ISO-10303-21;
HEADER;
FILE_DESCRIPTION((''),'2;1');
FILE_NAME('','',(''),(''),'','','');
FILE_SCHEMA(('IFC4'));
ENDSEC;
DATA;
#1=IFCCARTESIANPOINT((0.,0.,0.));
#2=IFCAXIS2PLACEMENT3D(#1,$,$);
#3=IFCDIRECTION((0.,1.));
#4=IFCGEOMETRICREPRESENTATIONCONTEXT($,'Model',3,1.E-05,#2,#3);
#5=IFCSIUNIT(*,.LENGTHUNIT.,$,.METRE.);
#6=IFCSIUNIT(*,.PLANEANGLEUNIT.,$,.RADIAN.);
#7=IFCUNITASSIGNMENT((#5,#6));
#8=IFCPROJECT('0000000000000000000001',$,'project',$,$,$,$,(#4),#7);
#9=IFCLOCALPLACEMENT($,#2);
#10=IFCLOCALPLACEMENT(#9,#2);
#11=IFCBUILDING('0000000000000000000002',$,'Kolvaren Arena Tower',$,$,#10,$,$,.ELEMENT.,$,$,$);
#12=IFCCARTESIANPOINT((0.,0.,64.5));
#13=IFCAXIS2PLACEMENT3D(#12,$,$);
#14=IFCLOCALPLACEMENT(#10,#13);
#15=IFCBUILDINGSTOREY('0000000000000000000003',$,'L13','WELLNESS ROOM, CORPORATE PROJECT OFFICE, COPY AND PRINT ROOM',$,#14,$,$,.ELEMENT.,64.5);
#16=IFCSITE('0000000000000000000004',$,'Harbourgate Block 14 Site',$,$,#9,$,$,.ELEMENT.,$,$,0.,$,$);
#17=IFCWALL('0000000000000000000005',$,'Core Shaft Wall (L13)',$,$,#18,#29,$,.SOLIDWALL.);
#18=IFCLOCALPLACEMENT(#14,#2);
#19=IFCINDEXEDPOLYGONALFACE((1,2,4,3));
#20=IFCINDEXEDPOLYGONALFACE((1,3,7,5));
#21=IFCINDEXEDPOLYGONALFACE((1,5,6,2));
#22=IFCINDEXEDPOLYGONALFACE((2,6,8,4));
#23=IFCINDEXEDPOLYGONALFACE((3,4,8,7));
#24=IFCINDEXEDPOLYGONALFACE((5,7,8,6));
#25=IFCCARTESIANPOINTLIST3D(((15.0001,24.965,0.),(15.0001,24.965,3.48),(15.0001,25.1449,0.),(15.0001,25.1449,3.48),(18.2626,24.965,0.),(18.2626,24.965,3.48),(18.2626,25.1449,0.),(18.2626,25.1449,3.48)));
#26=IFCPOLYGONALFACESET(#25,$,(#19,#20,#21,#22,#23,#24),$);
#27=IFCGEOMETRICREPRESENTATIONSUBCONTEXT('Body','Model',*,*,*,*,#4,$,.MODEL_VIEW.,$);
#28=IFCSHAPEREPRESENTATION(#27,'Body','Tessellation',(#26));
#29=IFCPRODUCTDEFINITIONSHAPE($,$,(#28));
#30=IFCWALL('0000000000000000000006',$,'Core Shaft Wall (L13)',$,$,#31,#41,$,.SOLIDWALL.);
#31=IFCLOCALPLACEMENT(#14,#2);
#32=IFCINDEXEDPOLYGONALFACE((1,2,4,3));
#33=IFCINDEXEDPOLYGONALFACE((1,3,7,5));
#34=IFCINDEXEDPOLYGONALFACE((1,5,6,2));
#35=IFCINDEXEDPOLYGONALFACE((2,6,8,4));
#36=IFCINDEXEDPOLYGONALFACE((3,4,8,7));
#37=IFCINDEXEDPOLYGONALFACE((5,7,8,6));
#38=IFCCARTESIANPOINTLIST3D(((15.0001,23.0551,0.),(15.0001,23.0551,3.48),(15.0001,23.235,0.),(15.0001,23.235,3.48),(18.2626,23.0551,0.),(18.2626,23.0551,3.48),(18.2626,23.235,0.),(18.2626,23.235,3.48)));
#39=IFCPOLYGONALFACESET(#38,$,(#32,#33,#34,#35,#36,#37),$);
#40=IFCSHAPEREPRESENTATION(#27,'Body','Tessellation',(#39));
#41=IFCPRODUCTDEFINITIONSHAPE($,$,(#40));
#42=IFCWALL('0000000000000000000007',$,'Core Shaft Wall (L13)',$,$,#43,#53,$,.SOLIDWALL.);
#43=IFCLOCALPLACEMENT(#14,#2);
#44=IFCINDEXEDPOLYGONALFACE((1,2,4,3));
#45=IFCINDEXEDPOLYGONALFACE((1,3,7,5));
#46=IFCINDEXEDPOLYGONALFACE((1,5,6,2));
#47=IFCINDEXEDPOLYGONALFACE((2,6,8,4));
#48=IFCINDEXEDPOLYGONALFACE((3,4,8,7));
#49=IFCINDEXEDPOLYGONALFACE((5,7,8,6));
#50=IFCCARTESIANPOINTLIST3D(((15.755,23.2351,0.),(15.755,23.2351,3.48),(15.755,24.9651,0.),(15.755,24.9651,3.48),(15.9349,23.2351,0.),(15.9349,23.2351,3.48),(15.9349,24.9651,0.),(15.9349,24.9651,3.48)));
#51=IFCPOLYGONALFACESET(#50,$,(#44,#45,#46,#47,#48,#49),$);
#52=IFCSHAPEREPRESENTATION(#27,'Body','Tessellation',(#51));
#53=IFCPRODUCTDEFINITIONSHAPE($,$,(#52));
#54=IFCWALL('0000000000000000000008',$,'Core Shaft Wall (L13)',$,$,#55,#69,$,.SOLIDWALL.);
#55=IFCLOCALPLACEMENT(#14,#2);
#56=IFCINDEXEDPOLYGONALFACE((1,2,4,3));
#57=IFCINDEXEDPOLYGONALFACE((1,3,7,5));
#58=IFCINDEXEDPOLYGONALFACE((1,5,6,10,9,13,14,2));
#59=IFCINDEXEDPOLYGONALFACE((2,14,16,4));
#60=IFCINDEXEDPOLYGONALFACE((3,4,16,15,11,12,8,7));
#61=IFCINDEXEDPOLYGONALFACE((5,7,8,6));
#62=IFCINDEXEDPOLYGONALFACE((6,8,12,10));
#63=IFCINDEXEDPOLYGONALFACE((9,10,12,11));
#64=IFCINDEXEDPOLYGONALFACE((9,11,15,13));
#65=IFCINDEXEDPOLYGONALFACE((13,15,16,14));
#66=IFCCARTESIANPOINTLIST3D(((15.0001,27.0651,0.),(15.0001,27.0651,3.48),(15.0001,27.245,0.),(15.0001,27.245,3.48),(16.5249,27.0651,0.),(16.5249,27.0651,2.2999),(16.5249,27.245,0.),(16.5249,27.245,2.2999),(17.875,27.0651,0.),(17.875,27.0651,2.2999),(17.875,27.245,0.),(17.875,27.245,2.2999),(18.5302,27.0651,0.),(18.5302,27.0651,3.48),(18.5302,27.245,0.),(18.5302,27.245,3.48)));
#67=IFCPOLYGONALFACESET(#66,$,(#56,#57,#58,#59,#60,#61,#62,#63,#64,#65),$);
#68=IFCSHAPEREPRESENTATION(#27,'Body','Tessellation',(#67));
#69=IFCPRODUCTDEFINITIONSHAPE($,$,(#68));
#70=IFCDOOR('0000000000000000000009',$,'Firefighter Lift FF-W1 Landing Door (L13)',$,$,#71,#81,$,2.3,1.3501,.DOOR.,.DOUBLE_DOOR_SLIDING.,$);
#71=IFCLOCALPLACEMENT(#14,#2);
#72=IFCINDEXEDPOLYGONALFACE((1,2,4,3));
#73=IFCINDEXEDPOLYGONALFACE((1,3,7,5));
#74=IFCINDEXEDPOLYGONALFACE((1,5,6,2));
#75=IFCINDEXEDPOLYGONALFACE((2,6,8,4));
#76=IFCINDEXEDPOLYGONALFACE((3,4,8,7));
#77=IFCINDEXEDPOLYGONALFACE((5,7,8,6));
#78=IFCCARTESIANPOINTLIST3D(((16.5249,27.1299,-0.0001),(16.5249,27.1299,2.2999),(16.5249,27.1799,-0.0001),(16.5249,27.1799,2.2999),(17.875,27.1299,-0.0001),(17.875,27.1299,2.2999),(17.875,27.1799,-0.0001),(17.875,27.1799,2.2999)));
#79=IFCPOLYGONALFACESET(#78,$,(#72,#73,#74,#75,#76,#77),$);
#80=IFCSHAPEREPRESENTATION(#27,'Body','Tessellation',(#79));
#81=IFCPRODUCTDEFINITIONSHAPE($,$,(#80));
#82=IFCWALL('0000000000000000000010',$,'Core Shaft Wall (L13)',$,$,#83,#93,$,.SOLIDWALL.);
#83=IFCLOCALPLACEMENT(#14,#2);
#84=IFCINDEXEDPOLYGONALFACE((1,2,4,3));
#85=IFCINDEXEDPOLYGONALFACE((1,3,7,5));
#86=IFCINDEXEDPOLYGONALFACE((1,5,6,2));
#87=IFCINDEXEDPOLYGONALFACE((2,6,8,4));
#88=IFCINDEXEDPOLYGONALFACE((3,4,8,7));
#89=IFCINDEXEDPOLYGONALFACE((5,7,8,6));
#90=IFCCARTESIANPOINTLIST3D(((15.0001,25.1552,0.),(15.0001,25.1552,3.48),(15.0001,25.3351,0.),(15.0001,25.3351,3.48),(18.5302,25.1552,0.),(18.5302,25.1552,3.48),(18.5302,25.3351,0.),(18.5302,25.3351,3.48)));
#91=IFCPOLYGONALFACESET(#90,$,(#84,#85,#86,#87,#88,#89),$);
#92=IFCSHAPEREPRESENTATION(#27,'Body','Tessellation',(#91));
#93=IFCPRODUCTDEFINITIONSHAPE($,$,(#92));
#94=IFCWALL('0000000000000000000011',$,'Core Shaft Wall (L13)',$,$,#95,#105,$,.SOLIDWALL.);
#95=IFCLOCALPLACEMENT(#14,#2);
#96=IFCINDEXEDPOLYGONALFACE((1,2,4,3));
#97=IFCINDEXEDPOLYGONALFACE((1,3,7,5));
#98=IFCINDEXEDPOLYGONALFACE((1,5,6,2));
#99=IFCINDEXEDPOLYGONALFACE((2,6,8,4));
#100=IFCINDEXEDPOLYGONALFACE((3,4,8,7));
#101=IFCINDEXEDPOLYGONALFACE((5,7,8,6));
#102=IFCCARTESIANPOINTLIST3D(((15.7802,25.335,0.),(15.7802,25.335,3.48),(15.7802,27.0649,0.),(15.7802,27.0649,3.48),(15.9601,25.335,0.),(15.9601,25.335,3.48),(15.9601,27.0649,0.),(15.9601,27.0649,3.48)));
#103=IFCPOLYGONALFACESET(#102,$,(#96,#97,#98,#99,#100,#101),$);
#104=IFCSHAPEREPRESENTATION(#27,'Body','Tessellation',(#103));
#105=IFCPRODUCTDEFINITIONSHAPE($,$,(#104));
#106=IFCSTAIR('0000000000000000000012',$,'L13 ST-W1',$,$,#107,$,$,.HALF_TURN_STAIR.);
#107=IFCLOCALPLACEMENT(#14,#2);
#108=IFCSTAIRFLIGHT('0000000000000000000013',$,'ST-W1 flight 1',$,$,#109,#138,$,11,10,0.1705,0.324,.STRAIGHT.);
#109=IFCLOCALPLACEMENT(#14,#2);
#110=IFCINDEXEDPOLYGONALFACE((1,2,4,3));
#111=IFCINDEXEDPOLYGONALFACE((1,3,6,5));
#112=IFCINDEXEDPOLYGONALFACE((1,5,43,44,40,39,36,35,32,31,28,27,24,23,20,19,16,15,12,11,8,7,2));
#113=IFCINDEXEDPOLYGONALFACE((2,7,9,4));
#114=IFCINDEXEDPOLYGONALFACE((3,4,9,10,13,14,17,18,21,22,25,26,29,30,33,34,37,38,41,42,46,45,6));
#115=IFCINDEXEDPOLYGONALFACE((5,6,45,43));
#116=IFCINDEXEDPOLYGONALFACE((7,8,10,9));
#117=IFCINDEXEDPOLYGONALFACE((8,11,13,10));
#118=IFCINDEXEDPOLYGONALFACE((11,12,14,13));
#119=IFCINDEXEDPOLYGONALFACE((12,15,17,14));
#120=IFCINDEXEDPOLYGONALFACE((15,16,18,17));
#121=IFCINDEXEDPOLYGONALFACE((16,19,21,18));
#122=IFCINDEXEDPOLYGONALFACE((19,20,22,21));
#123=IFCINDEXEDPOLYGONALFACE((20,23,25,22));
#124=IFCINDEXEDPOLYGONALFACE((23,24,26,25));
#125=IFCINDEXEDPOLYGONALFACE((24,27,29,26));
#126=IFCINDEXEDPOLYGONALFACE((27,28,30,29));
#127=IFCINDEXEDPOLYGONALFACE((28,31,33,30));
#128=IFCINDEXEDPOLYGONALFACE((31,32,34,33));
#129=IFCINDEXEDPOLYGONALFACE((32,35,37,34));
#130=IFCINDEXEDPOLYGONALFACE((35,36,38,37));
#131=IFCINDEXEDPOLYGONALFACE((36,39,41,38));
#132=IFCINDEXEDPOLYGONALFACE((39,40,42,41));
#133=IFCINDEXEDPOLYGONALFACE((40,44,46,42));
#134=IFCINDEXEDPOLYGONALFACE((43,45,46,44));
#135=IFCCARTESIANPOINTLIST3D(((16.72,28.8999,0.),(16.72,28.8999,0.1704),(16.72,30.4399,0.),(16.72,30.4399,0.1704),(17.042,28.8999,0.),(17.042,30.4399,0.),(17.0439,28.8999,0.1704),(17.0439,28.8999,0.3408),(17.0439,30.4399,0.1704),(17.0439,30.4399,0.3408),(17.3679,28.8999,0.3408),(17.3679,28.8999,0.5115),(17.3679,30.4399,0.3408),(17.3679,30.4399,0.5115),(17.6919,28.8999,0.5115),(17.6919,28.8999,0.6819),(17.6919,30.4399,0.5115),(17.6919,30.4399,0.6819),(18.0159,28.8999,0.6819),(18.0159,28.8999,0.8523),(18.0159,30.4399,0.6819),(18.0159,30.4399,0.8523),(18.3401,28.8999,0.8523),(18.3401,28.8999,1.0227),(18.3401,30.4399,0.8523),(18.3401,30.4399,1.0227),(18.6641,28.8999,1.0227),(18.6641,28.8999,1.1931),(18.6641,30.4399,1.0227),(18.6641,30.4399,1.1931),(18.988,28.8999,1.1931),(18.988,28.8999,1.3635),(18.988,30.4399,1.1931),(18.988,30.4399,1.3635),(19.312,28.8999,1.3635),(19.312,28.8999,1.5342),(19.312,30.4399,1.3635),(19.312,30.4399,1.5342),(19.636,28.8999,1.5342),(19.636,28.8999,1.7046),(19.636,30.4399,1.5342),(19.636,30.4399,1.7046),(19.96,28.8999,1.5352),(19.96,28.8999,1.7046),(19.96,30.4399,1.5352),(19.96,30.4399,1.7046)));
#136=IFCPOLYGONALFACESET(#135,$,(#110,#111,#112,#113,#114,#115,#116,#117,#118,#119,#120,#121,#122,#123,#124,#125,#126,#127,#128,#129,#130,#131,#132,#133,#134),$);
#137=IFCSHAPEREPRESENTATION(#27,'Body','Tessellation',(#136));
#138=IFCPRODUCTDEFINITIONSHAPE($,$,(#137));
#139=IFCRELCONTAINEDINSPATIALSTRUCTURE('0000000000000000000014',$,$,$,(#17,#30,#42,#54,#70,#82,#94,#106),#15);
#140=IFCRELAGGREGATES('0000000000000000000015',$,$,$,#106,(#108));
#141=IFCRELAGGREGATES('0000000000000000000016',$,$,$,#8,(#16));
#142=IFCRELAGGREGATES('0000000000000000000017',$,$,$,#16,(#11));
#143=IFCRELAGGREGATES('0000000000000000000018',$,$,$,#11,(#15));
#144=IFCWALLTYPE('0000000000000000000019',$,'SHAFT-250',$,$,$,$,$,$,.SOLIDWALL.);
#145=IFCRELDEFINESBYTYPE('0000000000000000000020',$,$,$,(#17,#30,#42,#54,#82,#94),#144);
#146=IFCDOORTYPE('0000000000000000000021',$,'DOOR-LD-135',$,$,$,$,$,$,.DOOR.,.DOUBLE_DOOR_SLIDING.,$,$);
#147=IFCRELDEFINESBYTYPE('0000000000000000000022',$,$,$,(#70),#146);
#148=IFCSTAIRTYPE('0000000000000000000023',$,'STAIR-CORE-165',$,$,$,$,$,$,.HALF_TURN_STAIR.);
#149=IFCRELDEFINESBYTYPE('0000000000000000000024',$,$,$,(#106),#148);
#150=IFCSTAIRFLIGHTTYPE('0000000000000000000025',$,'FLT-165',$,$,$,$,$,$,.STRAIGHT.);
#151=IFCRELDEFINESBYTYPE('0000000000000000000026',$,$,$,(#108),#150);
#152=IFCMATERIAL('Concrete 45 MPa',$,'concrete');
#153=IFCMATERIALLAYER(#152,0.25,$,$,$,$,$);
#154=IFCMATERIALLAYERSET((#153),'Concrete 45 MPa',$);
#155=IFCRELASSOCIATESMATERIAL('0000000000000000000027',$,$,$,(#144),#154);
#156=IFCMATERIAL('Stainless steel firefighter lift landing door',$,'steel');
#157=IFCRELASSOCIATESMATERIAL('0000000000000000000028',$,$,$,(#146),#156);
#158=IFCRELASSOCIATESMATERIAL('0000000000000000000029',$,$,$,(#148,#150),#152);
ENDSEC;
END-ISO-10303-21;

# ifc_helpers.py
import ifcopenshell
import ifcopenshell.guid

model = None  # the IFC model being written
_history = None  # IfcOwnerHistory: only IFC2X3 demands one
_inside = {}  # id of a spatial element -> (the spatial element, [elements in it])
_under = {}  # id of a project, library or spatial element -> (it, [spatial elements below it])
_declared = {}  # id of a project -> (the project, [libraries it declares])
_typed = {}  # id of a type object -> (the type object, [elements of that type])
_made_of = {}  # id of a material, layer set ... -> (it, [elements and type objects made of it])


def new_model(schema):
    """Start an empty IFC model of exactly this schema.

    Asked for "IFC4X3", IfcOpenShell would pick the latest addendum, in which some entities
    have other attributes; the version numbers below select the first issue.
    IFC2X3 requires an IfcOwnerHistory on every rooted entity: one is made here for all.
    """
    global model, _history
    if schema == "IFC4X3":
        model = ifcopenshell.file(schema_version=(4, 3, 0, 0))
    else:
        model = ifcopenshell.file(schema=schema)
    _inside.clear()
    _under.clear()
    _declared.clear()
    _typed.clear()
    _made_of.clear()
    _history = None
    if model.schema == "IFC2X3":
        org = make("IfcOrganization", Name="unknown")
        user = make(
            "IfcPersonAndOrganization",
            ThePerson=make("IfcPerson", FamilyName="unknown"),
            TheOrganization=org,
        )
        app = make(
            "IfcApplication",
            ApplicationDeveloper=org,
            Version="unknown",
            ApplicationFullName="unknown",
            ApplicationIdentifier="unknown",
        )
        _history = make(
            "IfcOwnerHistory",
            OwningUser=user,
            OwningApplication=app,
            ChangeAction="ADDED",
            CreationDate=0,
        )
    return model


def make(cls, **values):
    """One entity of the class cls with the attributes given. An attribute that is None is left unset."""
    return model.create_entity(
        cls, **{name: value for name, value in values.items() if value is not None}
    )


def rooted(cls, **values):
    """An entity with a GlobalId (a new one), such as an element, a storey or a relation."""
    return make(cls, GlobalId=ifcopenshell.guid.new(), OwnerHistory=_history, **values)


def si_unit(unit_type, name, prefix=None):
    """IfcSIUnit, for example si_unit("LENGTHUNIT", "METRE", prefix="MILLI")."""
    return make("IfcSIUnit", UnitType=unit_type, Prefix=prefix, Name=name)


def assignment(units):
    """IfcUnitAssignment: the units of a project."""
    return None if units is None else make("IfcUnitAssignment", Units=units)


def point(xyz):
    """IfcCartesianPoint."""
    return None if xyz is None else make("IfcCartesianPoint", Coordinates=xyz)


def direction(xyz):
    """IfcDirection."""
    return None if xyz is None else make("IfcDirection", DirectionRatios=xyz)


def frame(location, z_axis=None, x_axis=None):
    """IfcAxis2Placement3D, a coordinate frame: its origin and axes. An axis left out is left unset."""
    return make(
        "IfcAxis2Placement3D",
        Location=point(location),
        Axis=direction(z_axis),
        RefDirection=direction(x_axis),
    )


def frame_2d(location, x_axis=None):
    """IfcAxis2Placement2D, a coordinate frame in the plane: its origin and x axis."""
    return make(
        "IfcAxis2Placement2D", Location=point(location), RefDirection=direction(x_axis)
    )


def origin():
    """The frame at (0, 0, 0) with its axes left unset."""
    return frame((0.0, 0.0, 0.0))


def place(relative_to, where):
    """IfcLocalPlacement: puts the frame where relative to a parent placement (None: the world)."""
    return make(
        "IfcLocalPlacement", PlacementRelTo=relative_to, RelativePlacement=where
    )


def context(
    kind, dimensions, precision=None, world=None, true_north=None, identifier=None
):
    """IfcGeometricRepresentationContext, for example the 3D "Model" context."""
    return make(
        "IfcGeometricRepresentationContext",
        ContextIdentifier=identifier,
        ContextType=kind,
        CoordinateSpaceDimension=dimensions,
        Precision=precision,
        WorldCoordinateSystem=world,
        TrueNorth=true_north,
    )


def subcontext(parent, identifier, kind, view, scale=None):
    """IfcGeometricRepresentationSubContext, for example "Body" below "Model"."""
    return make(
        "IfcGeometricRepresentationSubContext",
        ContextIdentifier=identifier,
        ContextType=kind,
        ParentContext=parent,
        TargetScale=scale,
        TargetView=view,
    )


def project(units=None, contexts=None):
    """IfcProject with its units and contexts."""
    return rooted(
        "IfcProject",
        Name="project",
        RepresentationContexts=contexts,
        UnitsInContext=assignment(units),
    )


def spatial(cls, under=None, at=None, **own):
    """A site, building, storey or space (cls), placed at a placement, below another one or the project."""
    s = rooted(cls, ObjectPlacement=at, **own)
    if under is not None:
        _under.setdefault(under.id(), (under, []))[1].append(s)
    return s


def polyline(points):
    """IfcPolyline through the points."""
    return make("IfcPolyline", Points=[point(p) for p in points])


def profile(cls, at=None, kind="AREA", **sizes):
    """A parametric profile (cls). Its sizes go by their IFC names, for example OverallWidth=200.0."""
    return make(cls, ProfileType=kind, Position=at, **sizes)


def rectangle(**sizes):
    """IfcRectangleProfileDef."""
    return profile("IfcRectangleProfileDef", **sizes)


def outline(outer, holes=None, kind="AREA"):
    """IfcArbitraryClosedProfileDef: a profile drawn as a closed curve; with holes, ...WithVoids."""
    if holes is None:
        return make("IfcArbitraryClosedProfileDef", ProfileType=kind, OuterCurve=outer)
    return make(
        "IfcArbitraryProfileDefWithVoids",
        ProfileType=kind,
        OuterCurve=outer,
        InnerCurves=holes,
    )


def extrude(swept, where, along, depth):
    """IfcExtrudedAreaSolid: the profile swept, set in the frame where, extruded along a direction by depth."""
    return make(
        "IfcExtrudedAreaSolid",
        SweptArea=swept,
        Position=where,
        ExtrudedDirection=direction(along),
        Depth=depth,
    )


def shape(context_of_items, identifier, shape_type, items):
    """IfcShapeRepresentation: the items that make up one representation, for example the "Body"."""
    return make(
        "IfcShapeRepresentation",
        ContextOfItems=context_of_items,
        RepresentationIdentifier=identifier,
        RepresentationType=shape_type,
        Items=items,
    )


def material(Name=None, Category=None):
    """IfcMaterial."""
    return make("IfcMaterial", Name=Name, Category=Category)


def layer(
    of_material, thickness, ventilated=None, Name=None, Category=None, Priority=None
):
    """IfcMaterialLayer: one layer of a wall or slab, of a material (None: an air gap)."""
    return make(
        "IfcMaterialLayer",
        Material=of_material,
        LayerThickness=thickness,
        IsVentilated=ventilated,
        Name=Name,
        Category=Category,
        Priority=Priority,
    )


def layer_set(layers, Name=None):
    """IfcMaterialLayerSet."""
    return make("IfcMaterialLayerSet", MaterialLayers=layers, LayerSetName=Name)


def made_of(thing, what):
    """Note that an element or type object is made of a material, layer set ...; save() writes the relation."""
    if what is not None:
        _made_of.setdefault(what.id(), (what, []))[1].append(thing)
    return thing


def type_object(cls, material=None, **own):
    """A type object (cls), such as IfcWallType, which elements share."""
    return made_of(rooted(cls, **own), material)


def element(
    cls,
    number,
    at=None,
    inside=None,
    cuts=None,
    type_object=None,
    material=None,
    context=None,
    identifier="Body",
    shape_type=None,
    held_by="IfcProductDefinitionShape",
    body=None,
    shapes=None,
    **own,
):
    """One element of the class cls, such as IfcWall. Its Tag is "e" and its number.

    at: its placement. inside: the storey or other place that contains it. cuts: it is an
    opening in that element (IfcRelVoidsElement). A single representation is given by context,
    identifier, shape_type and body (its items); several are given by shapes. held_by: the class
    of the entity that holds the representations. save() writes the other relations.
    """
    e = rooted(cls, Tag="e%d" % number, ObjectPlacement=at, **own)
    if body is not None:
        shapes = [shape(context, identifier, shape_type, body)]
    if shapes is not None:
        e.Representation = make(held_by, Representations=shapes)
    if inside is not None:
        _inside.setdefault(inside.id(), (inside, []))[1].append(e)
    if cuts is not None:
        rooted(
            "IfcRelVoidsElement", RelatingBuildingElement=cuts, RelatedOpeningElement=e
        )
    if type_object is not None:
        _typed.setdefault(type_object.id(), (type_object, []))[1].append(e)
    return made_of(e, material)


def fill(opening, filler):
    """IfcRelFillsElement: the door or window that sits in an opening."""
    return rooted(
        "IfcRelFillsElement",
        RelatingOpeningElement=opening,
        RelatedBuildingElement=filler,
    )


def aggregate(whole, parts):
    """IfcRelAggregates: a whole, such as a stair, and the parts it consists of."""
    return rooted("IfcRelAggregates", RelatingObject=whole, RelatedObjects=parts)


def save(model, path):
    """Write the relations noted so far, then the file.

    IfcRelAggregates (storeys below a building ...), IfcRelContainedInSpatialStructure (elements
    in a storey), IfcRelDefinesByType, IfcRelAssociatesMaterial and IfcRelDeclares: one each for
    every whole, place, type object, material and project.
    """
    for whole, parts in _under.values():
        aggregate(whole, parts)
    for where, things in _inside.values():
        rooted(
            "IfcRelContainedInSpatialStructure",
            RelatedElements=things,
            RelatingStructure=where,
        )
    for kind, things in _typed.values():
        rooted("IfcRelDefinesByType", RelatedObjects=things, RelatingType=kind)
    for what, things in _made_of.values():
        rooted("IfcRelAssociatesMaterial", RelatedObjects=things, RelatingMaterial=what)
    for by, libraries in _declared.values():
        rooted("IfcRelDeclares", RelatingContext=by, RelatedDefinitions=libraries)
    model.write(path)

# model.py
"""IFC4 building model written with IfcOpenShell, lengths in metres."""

from ifc_helpers import new_model, si_unit, direction, frame, frame_2d, origin, place, context, subcontext, project, spatial, polyline, rectangle, outline, extrude, material, layer, layer_set, type_object, element, fill, aggregate, save


model = new_model("IFC4")

# Units and contexts
model_context = context("Model", 3, precision=1e-05, world=origin(), true_north=direction((0.0, 1.0)))
body_context = subcontext(model_context, "Body", "Model", "MODEL_VIEW")
ifc_project = project(units=[si_unit("LENGTHUNIT", "METRE"), si_unit("PLANEANGLEUNIT", "RADIAN")], contexts=[model_context])

# Site, building, storey
site_placement = place(None, origin())
site = spatial("IfcSite", under=ifc_project, at=site_placement, Name="Harbourgate Block 14 Site", CompositionType="ELEMENT", RefElevation=0.0)
building_placement = place(site_placement, origin())
building = spatial("IfcBuilding", under=site, at=building_placement, Name="Kolvaren Arena Tower", CompositionType="ELEMENT")
storey_placement = place(building_placement, frame((0.0, 0.0, 64.5)))
storey = spatial("IfcBuildingStorey", under=building, at=storey_placement, Name="L13", Description="WELLNESS ROOM, CORPORATE PROJECT OFFICE, COPY AND PRINT ROOM", CompositionType="ELEMENT", Elevation=64.5)

# Walls
ifc_material_1 = material(Name="Concrete 45 MPa", Category="concrete")
ifc_layer = layer(ifc_material_1, 0.25)
ifc_layer_set = layer_set([ifc_layer], Name="Concrete 45 MPa")
wall_type = type_object("IfcWallType", Name="SHAFT-250", PredefinedType="SOLIDWALL", material=ifc_layer_set)
for number, where, z_axis, x_axis, name in (
    (1, (15.0, 25.0549, 0.0), (0.0, 0.0, 1.0), (1.0, 0.0, 0.0), "Core Shaft Wall (L13)"),
    (2, (15.0, 23.145, 0.0), (0.0, 0.0, 1.0), (1.0, 0.0, 0.0), "Core Shaft Wall (L13)"),
):
    element("IfcWall", number, at=place(storey_placement, frame(where, z_axis=z_axis, x_axis=x_axis)), inside=storey, type_object=wall_type, Name=name, PredefinedType="SOLIDWALL", context=body_context, shape_type="SweptSolid", body=[
        extrude(rectangle(XDim=3.2625, YDim=0.1799, at=frame_2d((1.6313, 0.0))), origin(), (0.0, 0.0, 1.0), 3.48),
    ])
wall_1_placement = place(storey_placement, frame((15.845, 23.2351, 0.0), z_axis=(0.0, 0.0, 1.0), x_axis=(0.0, 1.0, 0.0)))
element("IfcWall", 3, at=wall_1_placement, inside=storey, type_object=wall_type, Name="Core Shaft Wall (L13)", PredefinedType="SOLIDWALL", context=body_context, shape_type="SweptSolid", body=[
    extrude(rectangle(XDim=1.73, YDim=0.1799, at=frame_2d((0.865, 0.0))), origin(), (0.0, 0.0, 1.0), 3.48),
])

# Wall, opening, door
wall_2_placement = place(storey_placement, frame((15.0, 27.155, 0.0), z_axis=(0.0, 0.0, 1.0), x_axis=(1.0, 0.0, 0.0)))
wall_2 = element("IfcWall", 4, at=wall_2_placement, inside=storey, type_object=wall_type, Name="Core Shaft Wall (L13)", PredefinedType="SOLIDWALL", context=body_context, shape_type="SweptSolid", body=[
    extrude(rectangle(XDim=3.53, YDim=0.1799, at=frame_2d((1.7651, 0.0))), origin(), (0.0, 0.0, 1.0), 3.48),
])
opening_placement = place(wall_2_placement, frame((1.5249, 0.0, 0.0)))
opening = element("IfcOpeningElement", 5, at=opening_placement, cuts=wall_2, PredefinedType="OPENING", context=body_context, shape_type="SweptSolid", body=[
    extrude(rectangle(XDim=1.3501, YDim=2.3, at=frame_2d((0.675, 1.1499))), frame((0.0, 0.0999, 0.0), z_axis=(0.0, -1.0, 0.0), x_axis=(1.0, 0.0, 0.0)), (0.0, 0.0, 1.0), 0.2),
])
ifc_material_2 = material(Name="Stainless steel firefighter lift landing door", Category="steel")
door_type = type_object("IfcDoorType", Name="DOOR-LD-135", OperationType="DOUBLE_DOOR_SLIDING", PredefinedType="DOOR", material=ifc_material_2)
door_placement = place(opening_placement, origin())
door = element("IfcDoor", 6, at=door_placement, inside=storey, type_object=door_type, Name="Firefighter Lift FF-W1 Landing Door (L13)", OperationType="DOUBLE_DOOR_SLIDING", OverallHeight=2.3, OverallWidth=1.3501, PredefinedType="DOOR", context=body_context, shape_type="SweptSolid", body=[
    extrude(rectangle(XDim=1.3501, YDim=2.3, at=frame_2d((0.675, 1.1499))), frame((0.0, 0.0249, 0.0), z_axis=(0.0, -1.0, 0.0), x_axis=(1.0, 0.0, 0.0)), (0.0, 0.0, 1.0), 0.05),
])
fill(opening, door)

# Walls
wall_3_placement = place(storey_placement, frame((15.0, 25.2451, 0.0), z_axis=(0.0, 0.0, 1.0), x_axis=(1.0, 0.0, 0.0)))
element("IfcWall", 7, at=wall_3_placement, inside=storey, type_object=wall_type, Name="Core Shaft Wall (L13)", PredefinedType="SOLIDWALL", context=body_context, shape_type="SweptSolid", body=[
    extrude(rectangle(XDim=3.53, YDim=0.1799, at=frame_2d((1.7651, 0.0))), origin(), (0.0, 0.0, 1.0), 3.48),
])
wall_4_placement = place(storey_placement, frame((15.8701, 25.335, 0.0), z_axis=(0.0, 0.0, 1.0), x_axis=(0.0, 1.0, 0.0)))
element("IfcWall", 8, at=wall_4_placement, inside=storey, type_object=wall_type, Name="Core Shaft Wall (L13)", PredefinedType="SOLIDWALL", context=body_context, shape_type="SweptSolid", body=[
    extrude(rectangle(XDim=1.73, YDim=0.1799, at=frame_2d((0.865, 0.0))), origin(), (0.0, 0.0, 1.0), 3.48),
])

# Stair, stair flight
stair_type = type_object("IfcStairType", Name="STAIR-CORE-165", PredefinedType="HALF_TURN_STAIR", material=ifc_material_1)
stair_placement = place(storey_placement, origin())
stair = element("IfcStair", 9, at=stair_placement, inside=storey, type_object=stair_type, Name="L13 ST-W1", PredefinedType="HALF_TURN_STAIR")
stair_flight_type = type_object("IfcStairFlightType", Name="FLT-165", PredefinedType="STRAIGHT", material=ifc_material_1)
stair_flight_placement = place(storey_placement, frame((16.72, 29.6699, 0.0), z_axis=(0.0, 0.0, 1.0), x_axis=(1.0, 0.0, 0.0)))
stair_flight = element("IfcStairFlight", 10, at=stair_flight_placement, type_object=stair_flight_type, Name="ST-W1 flight 1", NumberOfRisers=11, NumberOfTreads=10, PredefinedType="STRAIGHT", RiserHeight=0.1705, TreadLength=0.324, context=body_context, shape_type="SweptSolid", body=[
    extrude(outline(polyline([(0.0, 0.0), (0.0, 0.1704), (0.324, 0.1704), (0.324, 0.3408), (0.6479, 0.3408), (0.6479, 0.5115), (0.9719, 0.5115), (0.9719, 0.6819), (1.2959, 0.6819), (1.2959, 0.8523), (1.6201, 0.8523), (1.6201, 1.0227), (1.9441, 1.0227), (1.9441, 1.1931), (2.2681, 1.1931), (2.2681, 1.3635), (2.592, 1.3635), (2.592, 1.5342), (2.916, 1.5342), (2.916, 1.7046), (3.24, 1.7046), (3.24, 1.875), (3.24, 1.5352), (0.322, 0.0), (0.0, 0.0)])), frame((0.0, 0.77, 0.0), z_axis=(0.0, -1.0, 0.0), x_axis=(1.0, 0.0, 0.0)), (0.0, 0.0, 1.0), 1.54),
])
aggregate(stair, [stair_flight])

save(model, "model.ifc")
